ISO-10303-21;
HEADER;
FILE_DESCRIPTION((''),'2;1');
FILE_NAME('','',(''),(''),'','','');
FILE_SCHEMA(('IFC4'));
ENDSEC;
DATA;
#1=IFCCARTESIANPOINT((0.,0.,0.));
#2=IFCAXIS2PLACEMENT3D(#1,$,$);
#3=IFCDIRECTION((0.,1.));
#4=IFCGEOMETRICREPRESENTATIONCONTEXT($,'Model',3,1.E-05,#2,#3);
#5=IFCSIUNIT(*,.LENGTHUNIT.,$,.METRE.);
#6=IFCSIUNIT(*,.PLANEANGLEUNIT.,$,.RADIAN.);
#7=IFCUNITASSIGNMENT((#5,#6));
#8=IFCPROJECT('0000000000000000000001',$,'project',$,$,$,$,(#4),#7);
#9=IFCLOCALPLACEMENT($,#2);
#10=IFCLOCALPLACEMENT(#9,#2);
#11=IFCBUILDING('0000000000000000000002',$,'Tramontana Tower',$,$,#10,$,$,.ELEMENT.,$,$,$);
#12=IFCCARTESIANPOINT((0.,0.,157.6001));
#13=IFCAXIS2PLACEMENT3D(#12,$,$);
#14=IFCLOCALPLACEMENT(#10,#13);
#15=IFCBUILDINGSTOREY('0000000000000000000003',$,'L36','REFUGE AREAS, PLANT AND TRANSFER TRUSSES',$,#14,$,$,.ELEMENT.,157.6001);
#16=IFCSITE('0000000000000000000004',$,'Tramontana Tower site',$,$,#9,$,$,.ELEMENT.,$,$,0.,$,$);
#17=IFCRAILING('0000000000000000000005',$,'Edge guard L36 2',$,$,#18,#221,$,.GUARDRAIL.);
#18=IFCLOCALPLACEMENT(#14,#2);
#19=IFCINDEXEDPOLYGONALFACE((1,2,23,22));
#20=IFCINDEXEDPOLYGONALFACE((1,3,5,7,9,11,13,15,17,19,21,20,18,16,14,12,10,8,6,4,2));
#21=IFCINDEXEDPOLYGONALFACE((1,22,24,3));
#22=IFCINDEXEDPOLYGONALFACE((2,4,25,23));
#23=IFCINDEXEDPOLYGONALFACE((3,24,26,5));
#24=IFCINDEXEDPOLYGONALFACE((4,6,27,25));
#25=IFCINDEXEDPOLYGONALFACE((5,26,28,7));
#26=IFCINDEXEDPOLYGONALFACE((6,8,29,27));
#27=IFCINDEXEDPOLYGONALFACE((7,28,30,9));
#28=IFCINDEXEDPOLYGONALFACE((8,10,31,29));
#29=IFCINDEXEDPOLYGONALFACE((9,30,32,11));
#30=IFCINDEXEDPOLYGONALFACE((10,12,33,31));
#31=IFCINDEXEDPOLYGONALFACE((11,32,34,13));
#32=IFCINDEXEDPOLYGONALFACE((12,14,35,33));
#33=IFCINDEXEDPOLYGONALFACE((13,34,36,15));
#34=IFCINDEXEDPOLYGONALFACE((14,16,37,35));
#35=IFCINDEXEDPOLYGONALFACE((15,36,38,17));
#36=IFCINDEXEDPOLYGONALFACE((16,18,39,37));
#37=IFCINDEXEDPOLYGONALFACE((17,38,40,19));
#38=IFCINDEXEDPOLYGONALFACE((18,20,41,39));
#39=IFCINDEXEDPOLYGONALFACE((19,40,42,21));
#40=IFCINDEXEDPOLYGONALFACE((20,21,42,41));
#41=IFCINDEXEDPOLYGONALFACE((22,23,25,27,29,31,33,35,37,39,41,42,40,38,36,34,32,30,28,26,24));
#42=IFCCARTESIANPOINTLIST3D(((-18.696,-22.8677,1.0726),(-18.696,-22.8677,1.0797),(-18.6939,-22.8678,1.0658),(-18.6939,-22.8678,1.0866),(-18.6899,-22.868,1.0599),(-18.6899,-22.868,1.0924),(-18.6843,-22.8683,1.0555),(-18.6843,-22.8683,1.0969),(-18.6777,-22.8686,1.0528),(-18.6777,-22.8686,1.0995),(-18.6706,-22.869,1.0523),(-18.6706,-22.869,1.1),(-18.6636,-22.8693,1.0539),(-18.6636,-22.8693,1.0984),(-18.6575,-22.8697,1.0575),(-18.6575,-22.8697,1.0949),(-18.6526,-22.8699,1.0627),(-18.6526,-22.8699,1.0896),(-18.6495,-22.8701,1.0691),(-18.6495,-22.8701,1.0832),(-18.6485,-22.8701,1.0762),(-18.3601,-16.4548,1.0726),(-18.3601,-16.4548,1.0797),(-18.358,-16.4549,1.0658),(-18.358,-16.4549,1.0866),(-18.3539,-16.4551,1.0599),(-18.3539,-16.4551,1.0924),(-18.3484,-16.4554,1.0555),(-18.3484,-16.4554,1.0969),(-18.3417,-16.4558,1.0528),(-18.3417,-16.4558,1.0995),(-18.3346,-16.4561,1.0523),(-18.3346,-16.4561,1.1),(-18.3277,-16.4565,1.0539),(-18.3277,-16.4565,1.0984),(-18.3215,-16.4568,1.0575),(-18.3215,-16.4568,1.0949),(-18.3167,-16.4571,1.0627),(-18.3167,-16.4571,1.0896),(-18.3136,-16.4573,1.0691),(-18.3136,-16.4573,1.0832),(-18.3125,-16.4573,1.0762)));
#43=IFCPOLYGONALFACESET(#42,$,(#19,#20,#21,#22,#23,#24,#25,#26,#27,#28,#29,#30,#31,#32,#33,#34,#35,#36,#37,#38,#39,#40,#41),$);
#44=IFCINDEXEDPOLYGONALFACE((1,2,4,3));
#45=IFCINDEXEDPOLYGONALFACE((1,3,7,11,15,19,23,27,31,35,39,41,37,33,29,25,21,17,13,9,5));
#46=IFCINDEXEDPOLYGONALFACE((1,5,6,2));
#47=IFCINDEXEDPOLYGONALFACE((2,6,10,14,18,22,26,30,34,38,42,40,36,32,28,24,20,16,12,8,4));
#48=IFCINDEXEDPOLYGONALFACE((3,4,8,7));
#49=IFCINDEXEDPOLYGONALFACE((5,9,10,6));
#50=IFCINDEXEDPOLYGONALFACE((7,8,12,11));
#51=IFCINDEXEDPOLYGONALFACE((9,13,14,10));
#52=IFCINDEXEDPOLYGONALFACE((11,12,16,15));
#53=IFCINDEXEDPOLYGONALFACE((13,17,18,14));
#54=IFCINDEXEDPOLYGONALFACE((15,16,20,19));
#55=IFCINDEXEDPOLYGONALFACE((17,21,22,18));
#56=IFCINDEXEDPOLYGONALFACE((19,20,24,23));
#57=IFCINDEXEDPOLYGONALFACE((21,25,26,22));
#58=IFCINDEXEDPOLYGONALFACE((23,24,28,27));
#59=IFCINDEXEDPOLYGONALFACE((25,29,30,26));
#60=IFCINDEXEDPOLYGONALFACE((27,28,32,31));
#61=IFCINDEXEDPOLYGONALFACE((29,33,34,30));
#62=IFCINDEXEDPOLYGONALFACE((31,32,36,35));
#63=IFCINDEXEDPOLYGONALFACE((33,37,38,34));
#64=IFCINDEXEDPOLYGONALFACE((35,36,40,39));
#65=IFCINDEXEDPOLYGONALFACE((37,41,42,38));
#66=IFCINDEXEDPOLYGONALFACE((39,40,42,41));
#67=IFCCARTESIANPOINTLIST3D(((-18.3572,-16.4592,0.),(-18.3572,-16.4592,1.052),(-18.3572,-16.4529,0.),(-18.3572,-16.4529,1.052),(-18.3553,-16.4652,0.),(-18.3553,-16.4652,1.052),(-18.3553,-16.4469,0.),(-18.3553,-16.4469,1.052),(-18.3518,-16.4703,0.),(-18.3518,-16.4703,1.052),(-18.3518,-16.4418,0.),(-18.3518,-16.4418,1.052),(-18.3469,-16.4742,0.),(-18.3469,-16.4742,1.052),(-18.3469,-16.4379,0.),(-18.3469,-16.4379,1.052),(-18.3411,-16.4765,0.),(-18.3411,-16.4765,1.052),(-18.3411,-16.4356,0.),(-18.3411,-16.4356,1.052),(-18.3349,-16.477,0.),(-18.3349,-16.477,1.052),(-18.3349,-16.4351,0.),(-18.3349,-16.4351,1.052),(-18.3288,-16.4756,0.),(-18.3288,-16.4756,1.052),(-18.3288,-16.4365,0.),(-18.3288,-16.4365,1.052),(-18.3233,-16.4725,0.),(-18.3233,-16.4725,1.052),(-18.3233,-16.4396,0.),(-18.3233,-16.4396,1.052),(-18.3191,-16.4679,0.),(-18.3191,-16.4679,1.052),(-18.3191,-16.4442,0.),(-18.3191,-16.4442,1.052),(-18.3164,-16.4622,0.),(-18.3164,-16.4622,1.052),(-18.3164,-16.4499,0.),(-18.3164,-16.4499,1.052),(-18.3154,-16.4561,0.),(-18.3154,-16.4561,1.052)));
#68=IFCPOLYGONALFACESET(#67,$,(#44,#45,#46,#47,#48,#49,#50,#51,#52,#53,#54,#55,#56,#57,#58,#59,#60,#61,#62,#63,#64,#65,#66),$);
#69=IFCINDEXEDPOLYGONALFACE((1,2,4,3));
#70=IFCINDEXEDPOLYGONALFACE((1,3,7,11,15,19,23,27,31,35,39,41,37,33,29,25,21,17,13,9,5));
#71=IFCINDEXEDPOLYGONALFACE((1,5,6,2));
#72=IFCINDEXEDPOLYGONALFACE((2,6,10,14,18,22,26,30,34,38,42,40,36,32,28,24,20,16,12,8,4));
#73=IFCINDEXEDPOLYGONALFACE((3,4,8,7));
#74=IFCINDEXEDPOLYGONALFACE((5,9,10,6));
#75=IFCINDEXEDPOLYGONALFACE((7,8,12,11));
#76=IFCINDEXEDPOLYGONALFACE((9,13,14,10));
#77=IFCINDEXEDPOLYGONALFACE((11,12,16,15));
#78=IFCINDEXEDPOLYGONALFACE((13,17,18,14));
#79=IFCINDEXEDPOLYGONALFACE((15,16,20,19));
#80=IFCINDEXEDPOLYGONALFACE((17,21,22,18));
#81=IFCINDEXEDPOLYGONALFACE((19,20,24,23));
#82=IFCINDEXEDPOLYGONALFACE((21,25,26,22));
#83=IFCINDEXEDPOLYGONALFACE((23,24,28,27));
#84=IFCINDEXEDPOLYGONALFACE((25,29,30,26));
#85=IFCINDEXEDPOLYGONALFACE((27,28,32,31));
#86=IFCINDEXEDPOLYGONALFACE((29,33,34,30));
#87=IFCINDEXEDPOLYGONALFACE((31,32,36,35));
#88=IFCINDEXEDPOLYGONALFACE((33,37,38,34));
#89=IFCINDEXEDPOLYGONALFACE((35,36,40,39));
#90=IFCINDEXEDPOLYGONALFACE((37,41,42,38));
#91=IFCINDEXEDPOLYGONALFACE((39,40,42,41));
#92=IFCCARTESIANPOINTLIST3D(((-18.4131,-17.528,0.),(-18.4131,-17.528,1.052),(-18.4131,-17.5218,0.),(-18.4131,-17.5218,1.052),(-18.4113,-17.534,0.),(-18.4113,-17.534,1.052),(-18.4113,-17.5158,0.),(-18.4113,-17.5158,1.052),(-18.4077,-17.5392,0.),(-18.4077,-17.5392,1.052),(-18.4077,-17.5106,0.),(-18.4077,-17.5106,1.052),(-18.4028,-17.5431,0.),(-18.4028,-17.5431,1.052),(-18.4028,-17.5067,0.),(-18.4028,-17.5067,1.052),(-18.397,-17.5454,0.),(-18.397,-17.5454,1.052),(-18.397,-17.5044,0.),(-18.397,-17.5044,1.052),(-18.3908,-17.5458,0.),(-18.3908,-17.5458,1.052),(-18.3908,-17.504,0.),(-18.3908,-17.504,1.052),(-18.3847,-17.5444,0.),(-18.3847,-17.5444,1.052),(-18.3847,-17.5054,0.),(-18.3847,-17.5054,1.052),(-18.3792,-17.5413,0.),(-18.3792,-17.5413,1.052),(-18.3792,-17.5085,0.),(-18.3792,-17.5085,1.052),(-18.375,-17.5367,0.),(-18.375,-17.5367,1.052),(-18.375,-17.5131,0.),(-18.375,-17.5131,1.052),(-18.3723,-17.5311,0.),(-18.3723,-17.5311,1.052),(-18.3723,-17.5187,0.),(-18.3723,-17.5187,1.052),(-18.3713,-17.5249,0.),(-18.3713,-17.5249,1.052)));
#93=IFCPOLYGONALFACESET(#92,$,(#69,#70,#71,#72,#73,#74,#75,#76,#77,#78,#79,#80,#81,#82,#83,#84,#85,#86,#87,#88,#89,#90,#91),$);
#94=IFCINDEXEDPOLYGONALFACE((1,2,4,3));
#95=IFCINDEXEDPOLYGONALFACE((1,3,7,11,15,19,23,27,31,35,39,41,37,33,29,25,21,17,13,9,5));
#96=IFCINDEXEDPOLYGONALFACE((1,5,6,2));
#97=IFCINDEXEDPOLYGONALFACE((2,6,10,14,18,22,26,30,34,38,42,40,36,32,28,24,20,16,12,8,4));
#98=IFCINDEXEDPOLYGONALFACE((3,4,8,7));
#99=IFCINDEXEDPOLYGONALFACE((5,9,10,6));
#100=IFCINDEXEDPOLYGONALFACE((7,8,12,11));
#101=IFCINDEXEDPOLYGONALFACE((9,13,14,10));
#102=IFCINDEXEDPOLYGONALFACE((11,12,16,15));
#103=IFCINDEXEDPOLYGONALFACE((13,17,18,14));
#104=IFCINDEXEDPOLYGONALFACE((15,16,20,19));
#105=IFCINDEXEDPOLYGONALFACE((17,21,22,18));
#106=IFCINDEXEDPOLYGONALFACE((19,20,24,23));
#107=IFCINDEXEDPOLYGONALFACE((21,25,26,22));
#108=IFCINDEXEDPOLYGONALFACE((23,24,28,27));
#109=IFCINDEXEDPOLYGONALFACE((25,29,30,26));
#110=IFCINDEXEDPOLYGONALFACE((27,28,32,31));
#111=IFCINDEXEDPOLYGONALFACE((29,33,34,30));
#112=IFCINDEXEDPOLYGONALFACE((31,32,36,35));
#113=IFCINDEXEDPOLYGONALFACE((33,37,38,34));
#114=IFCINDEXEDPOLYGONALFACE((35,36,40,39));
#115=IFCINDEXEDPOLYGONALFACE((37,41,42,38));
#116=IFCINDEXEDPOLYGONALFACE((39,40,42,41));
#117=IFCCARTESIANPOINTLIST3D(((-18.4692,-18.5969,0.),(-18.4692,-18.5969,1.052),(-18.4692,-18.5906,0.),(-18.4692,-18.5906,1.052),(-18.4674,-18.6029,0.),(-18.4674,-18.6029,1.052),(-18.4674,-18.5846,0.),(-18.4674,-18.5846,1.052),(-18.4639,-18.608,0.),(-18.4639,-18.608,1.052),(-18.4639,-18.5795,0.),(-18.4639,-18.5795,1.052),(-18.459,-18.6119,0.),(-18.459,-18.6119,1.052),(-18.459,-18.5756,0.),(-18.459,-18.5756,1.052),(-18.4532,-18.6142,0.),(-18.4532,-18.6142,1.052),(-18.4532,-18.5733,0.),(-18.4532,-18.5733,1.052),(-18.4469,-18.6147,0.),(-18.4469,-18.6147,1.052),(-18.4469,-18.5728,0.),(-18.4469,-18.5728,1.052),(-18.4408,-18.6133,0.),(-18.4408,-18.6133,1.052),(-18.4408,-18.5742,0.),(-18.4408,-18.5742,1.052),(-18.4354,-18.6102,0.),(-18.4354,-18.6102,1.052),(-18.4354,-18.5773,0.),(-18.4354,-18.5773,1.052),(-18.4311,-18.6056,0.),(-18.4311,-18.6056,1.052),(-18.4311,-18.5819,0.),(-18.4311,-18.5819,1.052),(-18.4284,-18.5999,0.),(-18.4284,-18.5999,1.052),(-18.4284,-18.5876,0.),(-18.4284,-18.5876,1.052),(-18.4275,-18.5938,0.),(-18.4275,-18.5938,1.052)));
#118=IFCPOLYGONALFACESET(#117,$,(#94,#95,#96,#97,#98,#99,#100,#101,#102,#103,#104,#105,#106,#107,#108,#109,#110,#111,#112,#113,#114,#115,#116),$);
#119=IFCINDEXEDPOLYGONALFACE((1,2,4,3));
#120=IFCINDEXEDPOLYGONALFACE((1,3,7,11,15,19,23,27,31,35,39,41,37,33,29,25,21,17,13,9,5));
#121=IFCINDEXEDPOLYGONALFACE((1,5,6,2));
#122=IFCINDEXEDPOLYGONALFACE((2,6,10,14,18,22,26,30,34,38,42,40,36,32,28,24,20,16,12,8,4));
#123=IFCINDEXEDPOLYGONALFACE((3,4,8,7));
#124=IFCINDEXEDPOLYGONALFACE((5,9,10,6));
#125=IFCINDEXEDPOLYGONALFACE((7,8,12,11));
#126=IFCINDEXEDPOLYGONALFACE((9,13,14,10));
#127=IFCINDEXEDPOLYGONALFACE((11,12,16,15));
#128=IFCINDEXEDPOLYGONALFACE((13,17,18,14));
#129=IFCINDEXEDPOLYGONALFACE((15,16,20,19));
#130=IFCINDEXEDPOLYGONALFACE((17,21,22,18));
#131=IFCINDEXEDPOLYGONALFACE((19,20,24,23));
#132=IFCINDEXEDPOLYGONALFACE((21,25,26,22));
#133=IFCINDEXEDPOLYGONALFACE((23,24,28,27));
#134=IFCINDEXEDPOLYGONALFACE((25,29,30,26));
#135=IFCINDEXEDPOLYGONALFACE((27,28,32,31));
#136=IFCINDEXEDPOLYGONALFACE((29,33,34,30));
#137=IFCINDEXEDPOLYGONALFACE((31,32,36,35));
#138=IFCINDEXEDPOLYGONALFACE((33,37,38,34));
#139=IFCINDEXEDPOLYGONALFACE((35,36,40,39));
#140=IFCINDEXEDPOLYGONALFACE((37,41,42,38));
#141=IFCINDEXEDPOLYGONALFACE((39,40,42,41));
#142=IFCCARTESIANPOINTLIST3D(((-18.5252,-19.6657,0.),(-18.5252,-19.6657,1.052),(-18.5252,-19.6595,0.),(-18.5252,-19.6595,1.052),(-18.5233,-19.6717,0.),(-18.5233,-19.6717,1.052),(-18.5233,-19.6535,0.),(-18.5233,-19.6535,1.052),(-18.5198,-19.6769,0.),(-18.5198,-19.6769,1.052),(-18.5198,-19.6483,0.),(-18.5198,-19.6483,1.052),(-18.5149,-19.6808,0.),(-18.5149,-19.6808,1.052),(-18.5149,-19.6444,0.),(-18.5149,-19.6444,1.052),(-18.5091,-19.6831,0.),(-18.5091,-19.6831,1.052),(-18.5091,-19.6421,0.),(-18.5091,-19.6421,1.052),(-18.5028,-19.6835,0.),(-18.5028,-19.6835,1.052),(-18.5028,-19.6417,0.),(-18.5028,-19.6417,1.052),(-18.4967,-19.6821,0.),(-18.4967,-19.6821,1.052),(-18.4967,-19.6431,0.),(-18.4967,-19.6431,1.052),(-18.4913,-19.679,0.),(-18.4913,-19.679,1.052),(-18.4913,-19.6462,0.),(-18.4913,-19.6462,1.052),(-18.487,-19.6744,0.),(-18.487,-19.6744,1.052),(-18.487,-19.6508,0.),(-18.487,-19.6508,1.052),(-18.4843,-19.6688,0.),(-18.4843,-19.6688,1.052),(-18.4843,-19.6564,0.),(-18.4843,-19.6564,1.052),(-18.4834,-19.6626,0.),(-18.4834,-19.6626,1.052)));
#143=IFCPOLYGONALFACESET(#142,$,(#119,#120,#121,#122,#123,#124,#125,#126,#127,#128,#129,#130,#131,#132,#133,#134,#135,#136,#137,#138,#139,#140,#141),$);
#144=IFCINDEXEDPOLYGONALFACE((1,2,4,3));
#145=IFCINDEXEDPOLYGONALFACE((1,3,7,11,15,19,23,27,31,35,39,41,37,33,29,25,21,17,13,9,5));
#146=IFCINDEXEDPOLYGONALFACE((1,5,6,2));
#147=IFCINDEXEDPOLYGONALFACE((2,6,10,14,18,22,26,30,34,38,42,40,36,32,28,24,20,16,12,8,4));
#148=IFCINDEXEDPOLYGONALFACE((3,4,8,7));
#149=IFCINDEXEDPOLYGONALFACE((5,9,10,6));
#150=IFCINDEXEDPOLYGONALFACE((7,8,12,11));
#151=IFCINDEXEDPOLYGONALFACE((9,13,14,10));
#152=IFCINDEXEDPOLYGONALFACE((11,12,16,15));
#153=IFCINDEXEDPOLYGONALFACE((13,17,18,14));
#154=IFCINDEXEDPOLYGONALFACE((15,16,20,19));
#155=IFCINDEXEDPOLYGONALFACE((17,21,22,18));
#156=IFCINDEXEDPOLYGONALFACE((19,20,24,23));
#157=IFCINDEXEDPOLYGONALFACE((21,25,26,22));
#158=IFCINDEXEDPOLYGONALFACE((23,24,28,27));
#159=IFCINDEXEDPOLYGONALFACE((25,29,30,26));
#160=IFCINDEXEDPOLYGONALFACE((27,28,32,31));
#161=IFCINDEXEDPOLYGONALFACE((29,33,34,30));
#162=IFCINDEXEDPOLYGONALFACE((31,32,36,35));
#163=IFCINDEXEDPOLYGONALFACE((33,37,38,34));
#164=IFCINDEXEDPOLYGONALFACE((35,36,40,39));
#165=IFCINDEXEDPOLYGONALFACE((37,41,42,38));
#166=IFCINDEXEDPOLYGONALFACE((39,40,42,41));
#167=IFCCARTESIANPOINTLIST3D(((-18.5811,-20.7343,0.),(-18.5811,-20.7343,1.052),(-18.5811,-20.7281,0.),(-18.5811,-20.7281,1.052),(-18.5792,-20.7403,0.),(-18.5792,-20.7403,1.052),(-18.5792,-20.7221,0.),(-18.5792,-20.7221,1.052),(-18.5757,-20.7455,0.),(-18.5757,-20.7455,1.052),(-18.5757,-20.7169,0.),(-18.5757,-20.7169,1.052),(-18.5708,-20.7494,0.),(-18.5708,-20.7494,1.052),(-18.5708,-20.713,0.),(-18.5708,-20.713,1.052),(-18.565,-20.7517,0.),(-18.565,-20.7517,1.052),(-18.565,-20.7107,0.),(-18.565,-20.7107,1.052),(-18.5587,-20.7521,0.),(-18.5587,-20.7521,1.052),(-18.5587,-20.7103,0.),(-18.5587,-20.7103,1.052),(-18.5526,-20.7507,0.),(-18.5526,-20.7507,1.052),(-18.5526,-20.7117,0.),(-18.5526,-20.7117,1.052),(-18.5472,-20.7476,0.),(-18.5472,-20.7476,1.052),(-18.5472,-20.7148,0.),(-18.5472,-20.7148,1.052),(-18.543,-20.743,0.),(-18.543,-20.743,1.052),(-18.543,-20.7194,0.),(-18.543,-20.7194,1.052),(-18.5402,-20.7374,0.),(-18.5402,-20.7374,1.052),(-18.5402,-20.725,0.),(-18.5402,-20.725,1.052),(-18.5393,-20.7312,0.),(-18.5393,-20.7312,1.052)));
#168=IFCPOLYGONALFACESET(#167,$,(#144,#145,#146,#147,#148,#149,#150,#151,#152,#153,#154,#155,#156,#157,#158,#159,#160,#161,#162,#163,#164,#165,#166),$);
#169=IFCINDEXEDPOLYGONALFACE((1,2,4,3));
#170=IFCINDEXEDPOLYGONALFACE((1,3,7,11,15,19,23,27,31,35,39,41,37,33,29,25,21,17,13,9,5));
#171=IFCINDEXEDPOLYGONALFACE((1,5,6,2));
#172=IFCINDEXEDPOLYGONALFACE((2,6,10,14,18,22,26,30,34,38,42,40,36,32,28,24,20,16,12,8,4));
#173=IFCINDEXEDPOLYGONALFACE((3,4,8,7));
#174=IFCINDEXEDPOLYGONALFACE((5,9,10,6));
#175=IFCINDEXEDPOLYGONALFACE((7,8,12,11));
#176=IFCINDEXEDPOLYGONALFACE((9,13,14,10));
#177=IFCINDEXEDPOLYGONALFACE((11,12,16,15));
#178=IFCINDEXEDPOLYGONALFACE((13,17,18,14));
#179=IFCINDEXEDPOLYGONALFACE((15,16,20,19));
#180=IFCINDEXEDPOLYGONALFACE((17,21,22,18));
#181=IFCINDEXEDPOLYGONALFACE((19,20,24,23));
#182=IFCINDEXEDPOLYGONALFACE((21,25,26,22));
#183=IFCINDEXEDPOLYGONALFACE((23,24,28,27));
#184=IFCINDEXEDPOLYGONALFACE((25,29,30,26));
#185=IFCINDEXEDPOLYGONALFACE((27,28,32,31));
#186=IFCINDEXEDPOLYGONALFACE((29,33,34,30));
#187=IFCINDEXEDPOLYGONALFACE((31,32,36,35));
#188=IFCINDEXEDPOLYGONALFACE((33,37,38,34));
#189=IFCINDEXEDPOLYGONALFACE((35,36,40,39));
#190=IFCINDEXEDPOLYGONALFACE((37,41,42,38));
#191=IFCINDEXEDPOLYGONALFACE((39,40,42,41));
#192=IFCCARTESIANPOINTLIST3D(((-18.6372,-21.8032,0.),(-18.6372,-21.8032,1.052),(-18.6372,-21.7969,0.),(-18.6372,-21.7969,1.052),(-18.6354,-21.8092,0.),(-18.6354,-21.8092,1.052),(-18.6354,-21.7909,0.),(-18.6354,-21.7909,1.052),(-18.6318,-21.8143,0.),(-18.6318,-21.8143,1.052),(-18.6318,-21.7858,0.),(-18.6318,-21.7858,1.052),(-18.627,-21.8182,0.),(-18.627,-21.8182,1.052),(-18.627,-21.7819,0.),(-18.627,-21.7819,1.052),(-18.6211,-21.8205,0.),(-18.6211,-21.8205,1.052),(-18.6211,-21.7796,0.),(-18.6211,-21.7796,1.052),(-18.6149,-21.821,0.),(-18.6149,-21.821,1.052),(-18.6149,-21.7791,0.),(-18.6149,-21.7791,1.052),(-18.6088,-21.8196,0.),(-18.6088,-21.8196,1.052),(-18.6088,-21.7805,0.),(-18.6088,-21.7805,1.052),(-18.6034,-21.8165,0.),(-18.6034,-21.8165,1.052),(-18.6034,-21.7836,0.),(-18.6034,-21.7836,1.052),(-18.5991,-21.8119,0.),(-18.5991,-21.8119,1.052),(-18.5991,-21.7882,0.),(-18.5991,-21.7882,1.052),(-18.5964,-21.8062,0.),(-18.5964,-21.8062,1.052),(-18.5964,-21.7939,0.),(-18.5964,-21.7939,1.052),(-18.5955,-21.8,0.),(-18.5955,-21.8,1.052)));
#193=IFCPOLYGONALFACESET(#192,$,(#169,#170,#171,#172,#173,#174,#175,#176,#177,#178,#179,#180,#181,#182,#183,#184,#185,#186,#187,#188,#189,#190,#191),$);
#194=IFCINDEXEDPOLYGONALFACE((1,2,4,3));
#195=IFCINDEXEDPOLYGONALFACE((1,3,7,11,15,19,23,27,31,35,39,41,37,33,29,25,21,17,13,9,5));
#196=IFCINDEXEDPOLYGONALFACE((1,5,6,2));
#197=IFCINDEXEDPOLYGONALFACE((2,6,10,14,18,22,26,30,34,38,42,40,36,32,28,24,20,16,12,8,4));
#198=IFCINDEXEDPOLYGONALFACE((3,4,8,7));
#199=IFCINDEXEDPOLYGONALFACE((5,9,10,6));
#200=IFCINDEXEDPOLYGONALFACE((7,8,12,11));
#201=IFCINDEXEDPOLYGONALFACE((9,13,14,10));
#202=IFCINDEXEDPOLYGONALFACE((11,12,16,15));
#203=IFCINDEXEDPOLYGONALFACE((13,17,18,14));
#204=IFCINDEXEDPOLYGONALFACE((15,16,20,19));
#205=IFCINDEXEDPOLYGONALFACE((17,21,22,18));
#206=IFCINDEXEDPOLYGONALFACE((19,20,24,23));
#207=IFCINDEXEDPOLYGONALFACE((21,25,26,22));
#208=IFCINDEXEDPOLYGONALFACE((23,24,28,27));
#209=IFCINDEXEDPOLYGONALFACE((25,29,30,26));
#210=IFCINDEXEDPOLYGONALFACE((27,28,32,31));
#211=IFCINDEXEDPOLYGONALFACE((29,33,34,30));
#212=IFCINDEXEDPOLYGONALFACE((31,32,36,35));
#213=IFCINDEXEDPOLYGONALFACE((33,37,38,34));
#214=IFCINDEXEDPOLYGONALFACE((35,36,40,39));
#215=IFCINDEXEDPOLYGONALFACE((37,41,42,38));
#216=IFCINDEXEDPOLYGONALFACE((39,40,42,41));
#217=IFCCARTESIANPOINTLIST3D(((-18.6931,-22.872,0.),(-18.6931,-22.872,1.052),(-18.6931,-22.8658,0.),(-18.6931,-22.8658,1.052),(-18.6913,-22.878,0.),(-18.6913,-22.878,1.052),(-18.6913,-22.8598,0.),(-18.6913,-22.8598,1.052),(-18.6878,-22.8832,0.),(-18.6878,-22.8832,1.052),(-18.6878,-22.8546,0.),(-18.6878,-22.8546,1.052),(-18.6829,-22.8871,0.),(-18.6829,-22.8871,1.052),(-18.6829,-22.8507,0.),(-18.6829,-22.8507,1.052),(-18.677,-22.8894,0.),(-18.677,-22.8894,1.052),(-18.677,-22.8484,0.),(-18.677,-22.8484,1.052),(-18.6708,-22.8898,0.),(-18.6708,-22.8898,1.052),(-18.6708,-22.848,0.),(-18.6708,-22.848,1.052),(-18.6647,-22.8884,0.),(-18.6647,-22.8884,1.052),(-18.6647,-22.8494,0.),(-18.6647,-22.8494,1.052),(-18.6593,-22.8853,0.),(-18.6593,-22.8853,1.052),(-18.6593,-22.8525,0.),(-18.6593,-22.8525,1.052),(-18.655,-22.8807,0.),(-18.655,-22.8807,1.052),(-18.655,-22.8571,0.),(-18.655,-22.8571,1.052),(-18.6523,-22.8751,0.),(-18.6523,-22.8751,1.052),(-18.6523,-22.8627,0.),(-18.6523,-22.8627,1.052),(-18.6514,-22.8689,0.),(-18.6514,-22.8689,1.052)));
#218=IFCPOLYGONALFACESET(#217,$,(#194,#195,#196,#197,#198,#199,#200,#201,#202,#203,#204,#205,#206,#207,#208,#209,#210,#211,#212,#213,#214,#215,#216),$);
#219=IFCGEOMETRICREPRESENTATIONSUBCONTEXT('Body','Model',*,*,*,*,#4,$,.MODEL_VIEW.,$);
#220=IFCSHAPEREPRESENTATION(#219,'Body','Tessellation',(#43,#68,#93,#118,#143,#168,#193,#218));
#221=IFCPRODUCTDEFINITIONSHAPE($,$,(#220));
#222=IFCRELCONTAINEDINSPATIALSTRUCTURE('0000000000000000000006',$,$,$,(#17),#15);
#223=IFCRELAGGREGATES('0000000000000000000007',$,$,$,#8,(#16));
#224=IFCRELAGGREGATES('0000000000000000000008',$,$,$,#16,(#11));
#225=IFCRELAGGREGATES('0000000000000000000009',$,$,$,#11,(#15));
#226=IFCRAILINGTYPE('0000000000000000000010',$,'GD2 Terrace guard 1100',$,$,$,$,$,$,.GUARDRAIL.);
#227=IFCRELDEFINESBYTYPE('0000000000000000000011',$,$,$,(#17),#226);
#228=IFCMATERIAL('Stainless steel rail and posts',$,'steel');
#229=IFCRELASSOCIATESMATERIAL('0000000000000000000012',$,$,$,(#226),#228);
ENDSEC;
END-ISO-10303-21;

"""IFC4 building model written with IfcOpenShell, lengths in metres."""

from ifc_helpers import new_model, si_unit, direction, frame, origin, origin_2d, place, context, subcontext, project, spatial, circle, extrude, material, type_object, element, save


model = new_model("IFC4")

# Units and contexts
model_context = context("Model", 3, precision=1e-05, world=origin(), true_north=direction((0.0, 1.0)))
body_context = subcontext(model_context, "Body", "Model", "MODEL_VIEW")
ifc_project = project(units=[si_unit("LENGTHUNIT", "METRE"), si_unit("PLANEANGLEUNIT", "RADIAN")], contexts=[model_context])

# Site, building, storey
site_placement = place(None, origin())
site = spatial("IfcSite", under=ifc_project, at=site_placement, Name="Tramontana Tower site", CompositionType="ELEMENT", RefElevation=0.0)
building_placement = place(site_placement, origin())
building = spatial("IfcBuilding", under=site, at=building_placement, Name="Tramontana Tower", CompositionType="ELEMENT")
storey_placement = place(building_placement, frame((0.0, 0.0, 157.6001)))
storey = spatial("IfcBuildingStorey", under=building, at=storey_placement, Name="L36", Description="REFUGE AREAS, PLANT AND TRANSFER TRUSSES", CompositionType="ELEMENT", Elevation=157.6001)

# Railing
ifc_material_1 = material(Name="Stainless steel rail and posts", Category="steel")
railing_type = type_object("IfcRailingType", Name="GD2 Terrace guard 1100", PredefinedType="GUARDRAIL", material=ifc_material_1)
railing_1_placement = place(storey_placement, frame((-18.3364, -16.4561, 0.0)))
element("IfcRailing", 1, at=railing_1_placement, inside=storey, type_object=railing_type, Name="Edge guard L36 2", PredefinedType="GUARDRAIL", context=body_context, shape_type="SweptSolid", body=[
    extrude(circle(Radius=0.0239, at=origin_2d()), frame((0.0, 0.0, 1.0762), z_axis=(-0.052313, -0.998631, 0.0), x_axis=(0.998631, -0.052313, 0.0)), (0.0, 0.0, 1.0), 6.4216),
    extrude(circle(Radius=0.021, at=origin_2d()), origin(), (0.0, 0.0, 1.0), 1.052),
    extrude(circle(Radius=0.021, at=origin_2d()), frame((-0.0559, -1.0688, 0.0)), (0.0, 0.0, 1.0), 1.052),
    extrude(circle(Radius=0.021, at=origin_2d()), frame((-0.1121, -2.1377, 0.0)), (0.0, 0.0, 1.0), 1.052),
    extrude(circle(Radius=0.021, at=origin_2d()), frame((-0.168, -3.2065, 0.0)), (0.0, 0.0, 1.0), 1.052),
    extrude(circle(Radius=0.021, at=origin_2d()), frame((-0.2239, -4.2751, 0.0)), (0.0, 0.0, 1.0), 1.052),
    extrude(circle(Radius=0.021, at=origin_2d()), frame((-0.28, -5.344, 0.0)), (0.0, 0.0, 1.0), 1.052),
    extrude(circle(Radius=0.021, at=origin_2d()), frame((-0.3359, -6.4128, 0.0)), (0.0, 0.0, 1.0), 1.052),
])

save(model, "model.ifc")
